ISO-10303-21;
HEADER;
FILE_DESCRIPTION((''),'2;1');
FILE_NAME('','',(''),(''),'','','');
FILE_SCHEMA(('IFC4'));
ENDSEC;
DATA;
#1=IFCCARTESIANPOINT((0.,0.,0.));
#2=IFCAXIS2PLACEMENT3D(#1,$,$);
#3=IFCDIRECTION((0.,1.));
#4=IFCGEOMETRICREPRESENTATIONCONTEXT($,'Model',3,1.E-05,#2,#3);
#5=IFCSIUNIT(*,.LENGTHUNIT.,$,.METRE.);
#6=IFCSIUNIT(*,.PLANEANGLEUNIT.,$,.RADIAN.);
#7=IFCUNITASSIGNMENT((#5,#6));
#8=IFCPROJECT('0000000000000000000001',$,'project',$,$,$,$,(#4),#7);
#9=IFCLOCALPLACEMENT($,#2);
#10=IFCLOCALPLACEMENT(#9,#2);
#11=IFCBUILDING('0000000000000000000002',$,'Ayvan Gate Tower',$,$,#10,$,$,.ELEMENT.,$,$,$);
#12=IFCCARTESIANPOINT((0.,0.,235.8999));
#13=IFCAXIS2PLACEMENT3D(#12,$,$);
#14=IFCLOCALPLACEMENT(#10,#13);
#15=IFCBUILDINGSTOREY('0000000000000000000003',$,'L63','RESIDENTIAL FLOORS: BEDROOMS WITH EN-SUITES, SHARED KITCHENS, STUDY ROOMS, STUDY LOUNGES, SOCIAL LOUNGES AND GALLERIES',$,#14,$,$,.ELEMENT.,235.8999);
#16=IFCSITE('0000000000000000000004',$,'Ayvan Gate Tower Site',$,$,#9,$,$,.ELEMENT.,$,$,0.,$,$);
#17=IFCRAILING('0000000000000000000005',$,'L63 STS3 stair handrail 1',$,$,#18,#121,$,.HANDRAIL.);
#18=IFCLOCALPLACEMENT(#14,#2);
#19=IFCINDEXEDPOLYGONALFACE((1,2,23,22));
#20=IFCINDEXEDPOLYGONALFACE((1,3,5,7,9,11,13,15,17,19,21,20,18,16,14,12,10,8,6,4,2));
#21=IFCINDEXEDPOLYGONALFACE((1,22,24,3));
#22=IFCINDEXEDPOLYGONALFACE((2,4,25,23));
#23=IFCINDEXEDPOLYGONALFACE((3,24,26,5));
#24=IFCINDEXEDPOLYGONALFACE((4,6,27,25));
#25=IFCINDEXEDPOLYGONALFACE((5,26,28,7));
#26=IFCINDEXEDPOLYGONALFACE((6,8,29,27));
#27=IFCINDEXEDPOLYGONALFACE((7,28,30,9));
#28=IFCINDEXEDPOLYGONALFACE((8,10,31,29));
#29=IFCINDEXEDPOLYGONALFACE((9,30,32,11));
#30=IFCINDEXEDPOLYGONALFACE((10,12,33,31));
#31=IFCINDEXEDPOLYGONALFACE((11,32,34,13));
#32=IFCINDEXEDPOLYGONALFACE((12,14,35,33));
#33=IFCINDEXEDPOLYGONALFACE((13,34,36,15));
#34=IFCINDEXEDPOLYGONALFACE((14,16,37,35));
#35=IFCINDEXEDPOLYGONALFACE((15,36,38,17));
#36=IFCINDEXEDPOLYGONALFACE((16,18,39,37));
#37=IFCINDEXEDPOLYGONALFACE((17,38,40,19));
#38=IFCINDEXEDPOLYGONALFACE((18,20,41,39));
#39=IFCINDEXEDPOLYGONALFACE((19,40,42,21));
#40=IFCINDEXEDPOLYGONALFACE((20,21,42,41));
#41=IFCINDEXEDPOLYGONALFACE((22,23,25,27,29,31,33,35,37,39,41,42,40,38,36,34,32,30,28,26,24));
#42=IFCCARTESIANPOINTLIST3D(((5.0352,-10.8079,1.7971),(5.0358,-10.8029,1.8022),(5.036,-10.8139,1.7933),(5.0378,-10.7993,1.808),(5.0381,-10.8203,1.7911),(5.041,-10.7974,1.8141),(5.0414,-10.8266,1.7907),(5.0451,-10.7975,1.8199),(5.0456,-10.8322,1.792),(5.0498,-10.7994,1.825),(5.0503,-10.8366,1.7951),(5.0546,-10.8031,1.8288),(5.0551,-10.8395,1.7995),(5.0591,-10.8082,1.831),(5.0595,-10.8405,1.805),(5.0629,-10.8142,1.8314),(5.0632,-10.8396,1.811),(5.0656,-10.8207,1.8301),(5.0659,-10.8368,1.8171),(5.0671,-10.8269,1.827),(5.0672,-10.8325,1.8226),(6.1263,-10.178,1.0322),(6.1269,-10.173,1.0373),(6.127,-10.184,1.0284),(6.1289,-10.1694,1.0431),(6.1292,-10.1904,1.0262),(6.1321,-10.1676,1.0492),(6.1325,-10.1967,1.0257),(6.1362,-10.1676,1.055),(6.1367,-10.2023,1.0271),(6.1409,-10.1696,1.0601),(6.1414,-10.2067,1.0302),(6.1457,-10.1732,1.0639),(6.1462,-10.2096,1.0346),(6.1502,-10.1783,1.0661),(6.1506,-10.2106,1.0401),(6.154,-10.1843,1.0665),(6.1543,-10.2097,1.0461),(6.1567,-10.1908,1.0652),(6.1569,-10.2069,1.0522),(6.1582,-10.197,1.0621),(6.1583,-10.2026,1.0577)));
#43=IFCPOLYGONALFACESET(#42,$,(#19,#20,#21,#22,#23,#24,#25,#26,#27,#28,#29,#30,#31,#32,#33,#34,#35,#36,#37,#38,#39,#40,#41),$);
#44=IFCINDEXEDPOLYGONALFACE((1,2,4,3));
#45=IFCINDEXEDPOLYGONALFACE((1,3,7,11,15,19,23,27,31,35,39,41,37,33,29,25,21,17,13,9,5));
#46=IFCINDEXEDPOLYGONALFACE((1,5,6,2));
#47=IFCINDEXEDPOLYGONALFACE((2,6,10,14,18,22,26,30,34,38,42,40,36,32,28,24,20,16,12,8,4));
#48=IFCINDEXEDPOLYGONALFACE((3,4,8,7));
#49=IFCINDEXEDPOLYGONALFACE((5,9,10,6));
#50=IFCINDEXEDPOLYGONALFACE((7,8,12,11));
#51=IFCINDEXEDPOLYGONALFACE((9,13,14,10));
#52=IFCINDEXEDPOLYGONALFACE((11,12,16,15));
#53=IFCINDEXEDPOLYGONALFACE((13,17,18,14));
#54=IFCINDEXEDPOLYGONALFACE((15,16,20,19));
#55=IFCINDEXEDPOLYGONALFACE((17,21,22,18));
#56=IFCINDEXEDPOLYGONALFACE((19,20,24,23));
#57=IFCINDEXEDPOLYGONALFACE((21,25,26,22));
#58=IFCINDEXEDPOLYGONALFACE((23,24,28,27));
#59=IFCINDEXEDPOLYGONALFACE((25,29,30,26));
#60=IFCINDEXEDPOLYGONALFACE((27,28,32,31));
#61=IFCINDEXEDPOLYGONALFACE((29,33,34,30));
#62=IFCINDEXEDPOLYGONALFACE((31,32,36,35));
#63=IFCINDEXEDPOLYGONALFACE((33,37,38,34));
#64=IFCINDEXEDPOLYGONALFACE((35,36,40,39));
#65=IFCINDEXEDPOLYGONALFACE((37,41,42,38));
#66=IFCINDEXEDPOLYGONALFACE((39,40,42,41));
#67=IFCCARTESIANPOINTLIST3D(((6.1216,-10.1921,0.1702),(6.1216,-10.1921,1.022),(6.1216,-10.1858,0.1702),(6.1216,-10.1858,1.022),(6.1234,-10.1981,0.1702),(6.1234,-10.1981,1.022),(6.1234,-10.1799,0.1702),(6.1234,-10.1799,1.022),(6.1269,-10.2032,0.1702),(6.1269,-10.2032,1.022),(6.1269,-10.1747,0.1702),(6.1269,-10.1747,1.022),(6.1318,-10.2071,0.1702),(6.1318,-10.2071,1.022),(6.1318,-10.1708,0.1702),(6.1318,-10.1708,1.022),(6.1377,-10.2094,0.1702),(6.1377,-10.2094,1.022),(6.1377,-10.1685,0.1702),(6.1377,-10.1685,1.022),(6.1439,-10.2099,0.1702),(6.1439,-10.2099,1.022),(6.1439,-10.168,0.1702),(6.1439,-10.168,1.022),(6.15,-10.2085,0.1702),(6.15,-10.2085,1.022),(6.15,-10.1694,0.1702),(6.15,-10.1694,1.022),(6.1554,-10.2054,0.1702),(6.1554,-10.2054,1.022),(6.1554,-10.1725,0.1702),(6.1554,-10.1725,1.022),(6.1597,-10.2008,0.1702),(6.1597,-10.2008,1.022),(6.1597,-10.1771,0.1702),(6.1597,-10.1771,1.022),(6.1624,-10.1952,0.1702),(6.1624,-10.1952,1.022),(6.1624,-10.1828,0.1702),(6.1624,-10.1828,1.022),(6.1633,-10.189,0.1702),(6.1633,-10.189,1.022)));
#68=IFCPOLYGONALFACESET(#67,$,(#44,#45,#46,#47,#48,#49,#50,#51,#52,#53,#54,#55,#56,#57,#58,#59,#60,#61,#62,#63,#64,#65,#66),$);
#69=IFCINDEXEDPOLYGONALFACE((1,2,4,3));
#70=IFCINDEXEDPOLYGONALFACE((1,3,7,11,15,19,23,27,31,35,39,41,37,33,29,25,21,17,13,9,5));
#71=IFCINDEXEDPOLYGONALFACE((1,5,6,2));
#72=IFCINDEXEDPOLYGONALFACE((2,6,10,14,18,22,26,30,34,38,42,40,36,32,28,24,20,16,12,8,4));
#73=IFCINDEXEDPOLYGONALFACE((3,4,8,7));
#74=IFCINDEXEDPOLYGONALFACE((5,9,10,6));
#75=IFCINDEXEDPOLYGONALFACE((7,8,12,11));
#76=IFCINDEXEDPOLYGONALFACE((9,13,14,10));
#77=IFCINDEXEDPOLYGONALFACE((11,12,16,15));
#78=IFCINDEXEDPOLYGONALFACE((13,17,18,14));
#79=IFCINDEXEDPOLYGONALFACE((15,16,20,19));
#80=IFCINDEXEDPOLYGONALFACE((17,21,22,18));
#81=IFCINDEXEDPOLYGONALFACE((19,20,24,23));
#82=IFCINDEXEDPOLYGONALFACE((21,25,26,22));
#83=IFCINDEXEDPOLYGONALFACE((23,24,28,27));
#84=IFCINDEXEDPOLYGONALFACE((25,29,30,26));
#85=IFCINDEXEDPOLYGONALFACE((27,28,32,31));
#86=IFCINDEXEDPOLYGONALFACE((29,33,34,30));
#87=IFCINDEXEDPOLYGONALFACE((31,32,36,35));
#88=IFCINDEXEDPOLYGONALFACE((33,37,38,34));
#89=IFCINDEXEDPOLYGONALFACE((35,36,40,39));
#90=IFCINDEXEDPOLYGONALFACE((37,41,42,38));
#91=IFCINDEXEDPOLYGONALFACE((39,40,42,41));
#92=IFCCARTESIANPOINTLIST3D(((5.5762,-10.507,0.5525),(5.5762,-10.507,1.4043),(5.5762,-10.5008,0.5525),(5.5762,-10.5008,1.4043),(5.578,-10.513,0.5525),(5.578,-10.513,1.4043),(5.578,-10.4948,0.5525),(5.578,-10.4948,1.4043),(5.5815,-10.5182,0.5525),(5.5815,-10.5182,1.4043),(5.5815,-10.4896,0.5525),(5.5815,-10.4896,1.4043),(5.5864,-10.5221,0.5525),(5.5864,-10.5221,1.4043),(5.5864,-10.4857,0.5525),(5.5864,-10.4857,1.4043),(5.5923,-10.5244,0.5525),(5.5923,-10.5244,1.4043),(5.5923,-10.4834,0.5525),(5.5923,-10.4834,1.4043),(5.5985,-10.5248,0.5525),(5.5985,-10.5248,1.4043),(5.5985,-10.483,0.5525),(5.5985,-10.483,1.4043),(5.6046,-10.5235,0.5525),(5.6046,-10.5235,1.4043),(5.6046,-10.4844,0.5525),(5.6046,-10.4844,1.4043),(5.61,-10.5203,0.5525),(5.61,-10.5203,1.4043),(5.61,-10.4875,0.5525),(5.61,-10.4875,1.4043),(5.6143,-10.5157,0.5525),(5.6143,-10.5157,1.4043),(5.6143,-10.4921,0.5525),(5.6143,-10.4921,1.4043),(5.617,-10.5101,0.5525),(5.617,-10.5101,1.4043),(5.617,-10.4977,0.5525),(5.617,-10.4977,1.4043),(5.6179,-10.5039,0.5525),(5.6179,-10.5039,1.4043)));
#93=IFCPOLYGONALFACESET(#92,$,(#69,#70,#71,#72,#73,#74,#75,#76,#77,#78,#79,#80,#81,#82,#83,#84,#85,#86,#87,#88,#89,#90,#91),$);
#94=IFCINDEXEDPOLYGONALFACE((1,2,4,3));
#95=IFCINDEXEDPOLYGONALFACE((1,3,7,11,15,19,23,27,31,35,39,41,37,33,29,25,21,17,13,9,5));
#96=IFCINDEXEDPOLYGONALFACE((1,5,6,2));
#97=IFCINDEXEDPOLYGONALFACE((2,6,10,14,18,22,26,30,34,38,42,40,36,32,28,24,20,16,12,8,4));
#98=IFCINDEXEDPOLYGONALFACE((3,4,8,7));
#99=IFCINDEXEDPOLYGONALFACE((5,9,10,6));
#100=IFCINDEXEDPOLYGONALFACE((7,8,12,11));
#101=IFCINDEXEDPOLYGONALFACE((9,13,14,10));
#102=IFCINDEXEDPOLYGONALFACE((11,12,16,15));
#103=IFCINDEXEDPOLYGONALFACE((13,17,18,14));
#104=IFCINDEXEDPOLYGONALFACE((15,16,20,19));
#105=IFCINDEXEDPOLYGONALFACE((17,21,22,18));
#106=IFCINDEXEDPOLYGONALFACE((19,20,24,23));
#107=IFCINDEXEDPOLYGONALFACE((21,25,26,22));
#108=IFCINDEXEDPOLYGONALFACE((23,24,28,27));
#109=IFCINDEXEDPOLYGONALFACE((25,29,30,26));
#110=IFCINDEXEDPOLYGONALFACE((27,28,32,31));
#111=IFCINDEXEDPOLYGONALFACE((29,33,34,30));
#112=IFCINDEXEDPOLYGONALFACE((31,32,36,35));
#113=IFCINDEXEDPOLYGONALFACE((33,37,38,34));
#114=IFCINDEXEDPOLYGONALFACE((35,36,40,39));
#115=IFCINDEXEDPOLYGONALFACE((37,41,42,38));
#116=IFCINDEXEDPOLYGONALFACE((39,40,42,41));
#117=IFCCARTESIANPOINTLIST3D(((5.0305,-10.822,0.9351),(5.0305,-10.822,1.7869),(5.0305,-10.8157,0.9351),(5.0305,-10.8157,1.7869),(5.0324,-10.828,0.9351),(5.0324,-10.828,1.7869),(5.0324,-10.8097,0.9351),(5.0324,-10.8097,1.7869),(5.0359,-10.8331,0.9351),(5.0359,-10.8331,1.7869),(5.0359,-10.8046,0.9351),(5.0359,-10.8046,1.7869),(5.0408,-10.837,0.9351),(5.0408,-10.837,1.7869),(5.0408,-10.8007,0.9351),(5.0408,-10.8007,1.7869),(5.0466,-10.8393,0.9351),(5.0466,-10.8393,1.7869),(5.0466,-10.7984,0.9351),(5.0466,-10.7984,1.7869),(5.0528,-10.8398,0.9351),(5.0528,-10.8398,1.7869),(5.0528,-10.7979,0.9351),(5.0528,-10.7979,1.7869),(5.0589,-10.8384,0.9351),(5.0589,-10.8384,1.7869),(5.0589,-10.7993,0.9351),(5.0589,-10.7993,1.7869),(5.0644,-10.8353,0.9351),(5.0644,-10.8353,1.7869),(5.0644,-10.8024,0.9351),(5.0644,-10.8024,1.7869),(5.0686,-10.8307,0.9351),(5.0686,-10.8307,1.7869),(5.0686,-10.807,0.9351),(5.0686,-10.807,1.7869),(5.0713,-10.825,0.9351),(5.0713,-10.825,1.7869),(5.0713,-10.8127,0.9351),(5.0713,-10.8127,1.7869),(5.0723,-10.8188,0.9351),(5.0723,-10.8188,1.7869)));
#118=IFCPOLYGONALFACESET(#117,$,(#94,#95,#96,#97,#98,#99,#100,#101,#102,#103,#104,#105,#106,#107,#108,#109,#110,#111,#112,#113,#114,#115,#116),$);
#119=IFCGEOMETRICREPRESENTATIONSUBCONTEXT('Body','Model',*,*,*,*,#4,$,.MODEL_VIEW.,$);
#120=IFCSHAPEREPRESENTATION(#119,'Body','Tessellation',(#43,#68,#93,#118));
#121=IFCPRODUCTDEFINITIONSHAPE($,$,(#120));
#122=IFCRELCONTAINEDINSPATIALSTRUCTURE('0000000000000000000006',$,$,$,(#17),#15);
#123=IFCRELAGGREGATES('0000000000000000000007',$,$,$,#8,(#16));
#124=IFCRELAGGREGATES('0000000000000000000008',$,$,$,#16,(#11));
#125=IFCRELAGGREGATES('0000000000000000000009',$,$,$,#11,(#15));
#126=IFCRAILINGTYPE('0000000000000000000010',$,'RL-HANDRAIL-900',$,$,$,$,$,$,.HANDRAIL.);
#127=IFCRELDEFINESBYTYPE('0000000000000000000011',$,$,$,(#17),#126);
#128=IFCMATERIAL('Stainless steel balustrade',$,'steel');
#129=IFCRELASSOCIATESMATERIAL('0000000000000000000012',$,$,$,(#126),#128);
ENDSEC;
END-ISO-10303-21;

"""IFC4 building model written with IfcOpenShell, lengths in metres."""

from ifc_helpers import new_model, si_unit, direction, frame, origin, origin_2d, place, context, subcontext, project, spatial, circle, extrude, material, type_object, element, save


model = new_model("IFC4")

# Units and contexts
model_context = context("Model", 3, precision=1e-05, world=origin(), true_north=direction((0.0, 1.0)))
body_context = subcontext(model_context, "Body", "Model", "MODEL_VIEW")
ifc_project = project(units=[si_unit("LENGTHUNIT", "METRE"), si_unit("PLANEANGLEUNIT", "RADIAN")], contexts=[model_context])

# Site, building, storey
site_placement = place(None, origin())
site = spatial("IfcSite", under=ifc_project, at=site_placement, Name="Ayvan Gate Tower Site", CompositionType="ELEMENT", RefElevation=0.0)
building_placement = place(site_placement, origin())
building = spatial("IfcBuilding", under=site, at=building_placement, Name="Ayvan Gate Tower", CompositionType="ELEMENT")
storey_placement = place(building_placement, frame((0.0, 0.0, 235.8999)))
storey = spatial("IfcBuildingStorey", under=building, at=storey_placement, Name="L63", Description="RESIDENTIAL FLOORS: BEDROOMS WITH EN-SUITES, SHARED KITCHENS, STUDY ROOMS, STUDY LOUNGES, SOCIAL LOUNGES AND GALLERIES", CompositionType="ELEMENT", Elevation=235.8999)

# Railing
ifc_material_1 = material(Name="Stainless steel balustrade", Category="steel")
railing_type = type_object("IfcRailingType", Name="RL-HANDRAIL-900", PredefinedType="HANDRAIL", material=ifc_material_1)
railing_placement = place(storey_placement, frame((6.1423, -10.189, 0.1702)))
element("IfcRailing", 1, at=railing_placement, inside=storey, type_object=railing_type, Name="L63 STS3 stair handrail 1", PredefinedType="HANDRAIL", context=body_context, shape_type="SweptSolid", body=[
    extrude(circle(Radius=0.0239, at=origin_2d()), frame((0.0, 0.0, 0.876), z_axis=(-0.740282, -0.427372, 0.518976), x_axis=(0.499974, -0.86604, 0.0)), (0.0, 0.0, 1.0), 1.4739),
    extrude(circle(Radius=0.021, at=origin_2d()), origin(), (0.0, 0.0, 1.0), 0.8518),
    extrude(circle(Radius=0.021, at=origin_2d()), frame((-0.5454, -0.3149, 0.3823)), (0.0, 0.0, 1.0), 0.8518),
    extrude(circle(Radius=0.021, at=origin_2d()), frame((-1.0911, -0.6299, 0.7649)), (0.0, 0.0, 1.0), 0.8518),
])

save(model, "model.ifc")
